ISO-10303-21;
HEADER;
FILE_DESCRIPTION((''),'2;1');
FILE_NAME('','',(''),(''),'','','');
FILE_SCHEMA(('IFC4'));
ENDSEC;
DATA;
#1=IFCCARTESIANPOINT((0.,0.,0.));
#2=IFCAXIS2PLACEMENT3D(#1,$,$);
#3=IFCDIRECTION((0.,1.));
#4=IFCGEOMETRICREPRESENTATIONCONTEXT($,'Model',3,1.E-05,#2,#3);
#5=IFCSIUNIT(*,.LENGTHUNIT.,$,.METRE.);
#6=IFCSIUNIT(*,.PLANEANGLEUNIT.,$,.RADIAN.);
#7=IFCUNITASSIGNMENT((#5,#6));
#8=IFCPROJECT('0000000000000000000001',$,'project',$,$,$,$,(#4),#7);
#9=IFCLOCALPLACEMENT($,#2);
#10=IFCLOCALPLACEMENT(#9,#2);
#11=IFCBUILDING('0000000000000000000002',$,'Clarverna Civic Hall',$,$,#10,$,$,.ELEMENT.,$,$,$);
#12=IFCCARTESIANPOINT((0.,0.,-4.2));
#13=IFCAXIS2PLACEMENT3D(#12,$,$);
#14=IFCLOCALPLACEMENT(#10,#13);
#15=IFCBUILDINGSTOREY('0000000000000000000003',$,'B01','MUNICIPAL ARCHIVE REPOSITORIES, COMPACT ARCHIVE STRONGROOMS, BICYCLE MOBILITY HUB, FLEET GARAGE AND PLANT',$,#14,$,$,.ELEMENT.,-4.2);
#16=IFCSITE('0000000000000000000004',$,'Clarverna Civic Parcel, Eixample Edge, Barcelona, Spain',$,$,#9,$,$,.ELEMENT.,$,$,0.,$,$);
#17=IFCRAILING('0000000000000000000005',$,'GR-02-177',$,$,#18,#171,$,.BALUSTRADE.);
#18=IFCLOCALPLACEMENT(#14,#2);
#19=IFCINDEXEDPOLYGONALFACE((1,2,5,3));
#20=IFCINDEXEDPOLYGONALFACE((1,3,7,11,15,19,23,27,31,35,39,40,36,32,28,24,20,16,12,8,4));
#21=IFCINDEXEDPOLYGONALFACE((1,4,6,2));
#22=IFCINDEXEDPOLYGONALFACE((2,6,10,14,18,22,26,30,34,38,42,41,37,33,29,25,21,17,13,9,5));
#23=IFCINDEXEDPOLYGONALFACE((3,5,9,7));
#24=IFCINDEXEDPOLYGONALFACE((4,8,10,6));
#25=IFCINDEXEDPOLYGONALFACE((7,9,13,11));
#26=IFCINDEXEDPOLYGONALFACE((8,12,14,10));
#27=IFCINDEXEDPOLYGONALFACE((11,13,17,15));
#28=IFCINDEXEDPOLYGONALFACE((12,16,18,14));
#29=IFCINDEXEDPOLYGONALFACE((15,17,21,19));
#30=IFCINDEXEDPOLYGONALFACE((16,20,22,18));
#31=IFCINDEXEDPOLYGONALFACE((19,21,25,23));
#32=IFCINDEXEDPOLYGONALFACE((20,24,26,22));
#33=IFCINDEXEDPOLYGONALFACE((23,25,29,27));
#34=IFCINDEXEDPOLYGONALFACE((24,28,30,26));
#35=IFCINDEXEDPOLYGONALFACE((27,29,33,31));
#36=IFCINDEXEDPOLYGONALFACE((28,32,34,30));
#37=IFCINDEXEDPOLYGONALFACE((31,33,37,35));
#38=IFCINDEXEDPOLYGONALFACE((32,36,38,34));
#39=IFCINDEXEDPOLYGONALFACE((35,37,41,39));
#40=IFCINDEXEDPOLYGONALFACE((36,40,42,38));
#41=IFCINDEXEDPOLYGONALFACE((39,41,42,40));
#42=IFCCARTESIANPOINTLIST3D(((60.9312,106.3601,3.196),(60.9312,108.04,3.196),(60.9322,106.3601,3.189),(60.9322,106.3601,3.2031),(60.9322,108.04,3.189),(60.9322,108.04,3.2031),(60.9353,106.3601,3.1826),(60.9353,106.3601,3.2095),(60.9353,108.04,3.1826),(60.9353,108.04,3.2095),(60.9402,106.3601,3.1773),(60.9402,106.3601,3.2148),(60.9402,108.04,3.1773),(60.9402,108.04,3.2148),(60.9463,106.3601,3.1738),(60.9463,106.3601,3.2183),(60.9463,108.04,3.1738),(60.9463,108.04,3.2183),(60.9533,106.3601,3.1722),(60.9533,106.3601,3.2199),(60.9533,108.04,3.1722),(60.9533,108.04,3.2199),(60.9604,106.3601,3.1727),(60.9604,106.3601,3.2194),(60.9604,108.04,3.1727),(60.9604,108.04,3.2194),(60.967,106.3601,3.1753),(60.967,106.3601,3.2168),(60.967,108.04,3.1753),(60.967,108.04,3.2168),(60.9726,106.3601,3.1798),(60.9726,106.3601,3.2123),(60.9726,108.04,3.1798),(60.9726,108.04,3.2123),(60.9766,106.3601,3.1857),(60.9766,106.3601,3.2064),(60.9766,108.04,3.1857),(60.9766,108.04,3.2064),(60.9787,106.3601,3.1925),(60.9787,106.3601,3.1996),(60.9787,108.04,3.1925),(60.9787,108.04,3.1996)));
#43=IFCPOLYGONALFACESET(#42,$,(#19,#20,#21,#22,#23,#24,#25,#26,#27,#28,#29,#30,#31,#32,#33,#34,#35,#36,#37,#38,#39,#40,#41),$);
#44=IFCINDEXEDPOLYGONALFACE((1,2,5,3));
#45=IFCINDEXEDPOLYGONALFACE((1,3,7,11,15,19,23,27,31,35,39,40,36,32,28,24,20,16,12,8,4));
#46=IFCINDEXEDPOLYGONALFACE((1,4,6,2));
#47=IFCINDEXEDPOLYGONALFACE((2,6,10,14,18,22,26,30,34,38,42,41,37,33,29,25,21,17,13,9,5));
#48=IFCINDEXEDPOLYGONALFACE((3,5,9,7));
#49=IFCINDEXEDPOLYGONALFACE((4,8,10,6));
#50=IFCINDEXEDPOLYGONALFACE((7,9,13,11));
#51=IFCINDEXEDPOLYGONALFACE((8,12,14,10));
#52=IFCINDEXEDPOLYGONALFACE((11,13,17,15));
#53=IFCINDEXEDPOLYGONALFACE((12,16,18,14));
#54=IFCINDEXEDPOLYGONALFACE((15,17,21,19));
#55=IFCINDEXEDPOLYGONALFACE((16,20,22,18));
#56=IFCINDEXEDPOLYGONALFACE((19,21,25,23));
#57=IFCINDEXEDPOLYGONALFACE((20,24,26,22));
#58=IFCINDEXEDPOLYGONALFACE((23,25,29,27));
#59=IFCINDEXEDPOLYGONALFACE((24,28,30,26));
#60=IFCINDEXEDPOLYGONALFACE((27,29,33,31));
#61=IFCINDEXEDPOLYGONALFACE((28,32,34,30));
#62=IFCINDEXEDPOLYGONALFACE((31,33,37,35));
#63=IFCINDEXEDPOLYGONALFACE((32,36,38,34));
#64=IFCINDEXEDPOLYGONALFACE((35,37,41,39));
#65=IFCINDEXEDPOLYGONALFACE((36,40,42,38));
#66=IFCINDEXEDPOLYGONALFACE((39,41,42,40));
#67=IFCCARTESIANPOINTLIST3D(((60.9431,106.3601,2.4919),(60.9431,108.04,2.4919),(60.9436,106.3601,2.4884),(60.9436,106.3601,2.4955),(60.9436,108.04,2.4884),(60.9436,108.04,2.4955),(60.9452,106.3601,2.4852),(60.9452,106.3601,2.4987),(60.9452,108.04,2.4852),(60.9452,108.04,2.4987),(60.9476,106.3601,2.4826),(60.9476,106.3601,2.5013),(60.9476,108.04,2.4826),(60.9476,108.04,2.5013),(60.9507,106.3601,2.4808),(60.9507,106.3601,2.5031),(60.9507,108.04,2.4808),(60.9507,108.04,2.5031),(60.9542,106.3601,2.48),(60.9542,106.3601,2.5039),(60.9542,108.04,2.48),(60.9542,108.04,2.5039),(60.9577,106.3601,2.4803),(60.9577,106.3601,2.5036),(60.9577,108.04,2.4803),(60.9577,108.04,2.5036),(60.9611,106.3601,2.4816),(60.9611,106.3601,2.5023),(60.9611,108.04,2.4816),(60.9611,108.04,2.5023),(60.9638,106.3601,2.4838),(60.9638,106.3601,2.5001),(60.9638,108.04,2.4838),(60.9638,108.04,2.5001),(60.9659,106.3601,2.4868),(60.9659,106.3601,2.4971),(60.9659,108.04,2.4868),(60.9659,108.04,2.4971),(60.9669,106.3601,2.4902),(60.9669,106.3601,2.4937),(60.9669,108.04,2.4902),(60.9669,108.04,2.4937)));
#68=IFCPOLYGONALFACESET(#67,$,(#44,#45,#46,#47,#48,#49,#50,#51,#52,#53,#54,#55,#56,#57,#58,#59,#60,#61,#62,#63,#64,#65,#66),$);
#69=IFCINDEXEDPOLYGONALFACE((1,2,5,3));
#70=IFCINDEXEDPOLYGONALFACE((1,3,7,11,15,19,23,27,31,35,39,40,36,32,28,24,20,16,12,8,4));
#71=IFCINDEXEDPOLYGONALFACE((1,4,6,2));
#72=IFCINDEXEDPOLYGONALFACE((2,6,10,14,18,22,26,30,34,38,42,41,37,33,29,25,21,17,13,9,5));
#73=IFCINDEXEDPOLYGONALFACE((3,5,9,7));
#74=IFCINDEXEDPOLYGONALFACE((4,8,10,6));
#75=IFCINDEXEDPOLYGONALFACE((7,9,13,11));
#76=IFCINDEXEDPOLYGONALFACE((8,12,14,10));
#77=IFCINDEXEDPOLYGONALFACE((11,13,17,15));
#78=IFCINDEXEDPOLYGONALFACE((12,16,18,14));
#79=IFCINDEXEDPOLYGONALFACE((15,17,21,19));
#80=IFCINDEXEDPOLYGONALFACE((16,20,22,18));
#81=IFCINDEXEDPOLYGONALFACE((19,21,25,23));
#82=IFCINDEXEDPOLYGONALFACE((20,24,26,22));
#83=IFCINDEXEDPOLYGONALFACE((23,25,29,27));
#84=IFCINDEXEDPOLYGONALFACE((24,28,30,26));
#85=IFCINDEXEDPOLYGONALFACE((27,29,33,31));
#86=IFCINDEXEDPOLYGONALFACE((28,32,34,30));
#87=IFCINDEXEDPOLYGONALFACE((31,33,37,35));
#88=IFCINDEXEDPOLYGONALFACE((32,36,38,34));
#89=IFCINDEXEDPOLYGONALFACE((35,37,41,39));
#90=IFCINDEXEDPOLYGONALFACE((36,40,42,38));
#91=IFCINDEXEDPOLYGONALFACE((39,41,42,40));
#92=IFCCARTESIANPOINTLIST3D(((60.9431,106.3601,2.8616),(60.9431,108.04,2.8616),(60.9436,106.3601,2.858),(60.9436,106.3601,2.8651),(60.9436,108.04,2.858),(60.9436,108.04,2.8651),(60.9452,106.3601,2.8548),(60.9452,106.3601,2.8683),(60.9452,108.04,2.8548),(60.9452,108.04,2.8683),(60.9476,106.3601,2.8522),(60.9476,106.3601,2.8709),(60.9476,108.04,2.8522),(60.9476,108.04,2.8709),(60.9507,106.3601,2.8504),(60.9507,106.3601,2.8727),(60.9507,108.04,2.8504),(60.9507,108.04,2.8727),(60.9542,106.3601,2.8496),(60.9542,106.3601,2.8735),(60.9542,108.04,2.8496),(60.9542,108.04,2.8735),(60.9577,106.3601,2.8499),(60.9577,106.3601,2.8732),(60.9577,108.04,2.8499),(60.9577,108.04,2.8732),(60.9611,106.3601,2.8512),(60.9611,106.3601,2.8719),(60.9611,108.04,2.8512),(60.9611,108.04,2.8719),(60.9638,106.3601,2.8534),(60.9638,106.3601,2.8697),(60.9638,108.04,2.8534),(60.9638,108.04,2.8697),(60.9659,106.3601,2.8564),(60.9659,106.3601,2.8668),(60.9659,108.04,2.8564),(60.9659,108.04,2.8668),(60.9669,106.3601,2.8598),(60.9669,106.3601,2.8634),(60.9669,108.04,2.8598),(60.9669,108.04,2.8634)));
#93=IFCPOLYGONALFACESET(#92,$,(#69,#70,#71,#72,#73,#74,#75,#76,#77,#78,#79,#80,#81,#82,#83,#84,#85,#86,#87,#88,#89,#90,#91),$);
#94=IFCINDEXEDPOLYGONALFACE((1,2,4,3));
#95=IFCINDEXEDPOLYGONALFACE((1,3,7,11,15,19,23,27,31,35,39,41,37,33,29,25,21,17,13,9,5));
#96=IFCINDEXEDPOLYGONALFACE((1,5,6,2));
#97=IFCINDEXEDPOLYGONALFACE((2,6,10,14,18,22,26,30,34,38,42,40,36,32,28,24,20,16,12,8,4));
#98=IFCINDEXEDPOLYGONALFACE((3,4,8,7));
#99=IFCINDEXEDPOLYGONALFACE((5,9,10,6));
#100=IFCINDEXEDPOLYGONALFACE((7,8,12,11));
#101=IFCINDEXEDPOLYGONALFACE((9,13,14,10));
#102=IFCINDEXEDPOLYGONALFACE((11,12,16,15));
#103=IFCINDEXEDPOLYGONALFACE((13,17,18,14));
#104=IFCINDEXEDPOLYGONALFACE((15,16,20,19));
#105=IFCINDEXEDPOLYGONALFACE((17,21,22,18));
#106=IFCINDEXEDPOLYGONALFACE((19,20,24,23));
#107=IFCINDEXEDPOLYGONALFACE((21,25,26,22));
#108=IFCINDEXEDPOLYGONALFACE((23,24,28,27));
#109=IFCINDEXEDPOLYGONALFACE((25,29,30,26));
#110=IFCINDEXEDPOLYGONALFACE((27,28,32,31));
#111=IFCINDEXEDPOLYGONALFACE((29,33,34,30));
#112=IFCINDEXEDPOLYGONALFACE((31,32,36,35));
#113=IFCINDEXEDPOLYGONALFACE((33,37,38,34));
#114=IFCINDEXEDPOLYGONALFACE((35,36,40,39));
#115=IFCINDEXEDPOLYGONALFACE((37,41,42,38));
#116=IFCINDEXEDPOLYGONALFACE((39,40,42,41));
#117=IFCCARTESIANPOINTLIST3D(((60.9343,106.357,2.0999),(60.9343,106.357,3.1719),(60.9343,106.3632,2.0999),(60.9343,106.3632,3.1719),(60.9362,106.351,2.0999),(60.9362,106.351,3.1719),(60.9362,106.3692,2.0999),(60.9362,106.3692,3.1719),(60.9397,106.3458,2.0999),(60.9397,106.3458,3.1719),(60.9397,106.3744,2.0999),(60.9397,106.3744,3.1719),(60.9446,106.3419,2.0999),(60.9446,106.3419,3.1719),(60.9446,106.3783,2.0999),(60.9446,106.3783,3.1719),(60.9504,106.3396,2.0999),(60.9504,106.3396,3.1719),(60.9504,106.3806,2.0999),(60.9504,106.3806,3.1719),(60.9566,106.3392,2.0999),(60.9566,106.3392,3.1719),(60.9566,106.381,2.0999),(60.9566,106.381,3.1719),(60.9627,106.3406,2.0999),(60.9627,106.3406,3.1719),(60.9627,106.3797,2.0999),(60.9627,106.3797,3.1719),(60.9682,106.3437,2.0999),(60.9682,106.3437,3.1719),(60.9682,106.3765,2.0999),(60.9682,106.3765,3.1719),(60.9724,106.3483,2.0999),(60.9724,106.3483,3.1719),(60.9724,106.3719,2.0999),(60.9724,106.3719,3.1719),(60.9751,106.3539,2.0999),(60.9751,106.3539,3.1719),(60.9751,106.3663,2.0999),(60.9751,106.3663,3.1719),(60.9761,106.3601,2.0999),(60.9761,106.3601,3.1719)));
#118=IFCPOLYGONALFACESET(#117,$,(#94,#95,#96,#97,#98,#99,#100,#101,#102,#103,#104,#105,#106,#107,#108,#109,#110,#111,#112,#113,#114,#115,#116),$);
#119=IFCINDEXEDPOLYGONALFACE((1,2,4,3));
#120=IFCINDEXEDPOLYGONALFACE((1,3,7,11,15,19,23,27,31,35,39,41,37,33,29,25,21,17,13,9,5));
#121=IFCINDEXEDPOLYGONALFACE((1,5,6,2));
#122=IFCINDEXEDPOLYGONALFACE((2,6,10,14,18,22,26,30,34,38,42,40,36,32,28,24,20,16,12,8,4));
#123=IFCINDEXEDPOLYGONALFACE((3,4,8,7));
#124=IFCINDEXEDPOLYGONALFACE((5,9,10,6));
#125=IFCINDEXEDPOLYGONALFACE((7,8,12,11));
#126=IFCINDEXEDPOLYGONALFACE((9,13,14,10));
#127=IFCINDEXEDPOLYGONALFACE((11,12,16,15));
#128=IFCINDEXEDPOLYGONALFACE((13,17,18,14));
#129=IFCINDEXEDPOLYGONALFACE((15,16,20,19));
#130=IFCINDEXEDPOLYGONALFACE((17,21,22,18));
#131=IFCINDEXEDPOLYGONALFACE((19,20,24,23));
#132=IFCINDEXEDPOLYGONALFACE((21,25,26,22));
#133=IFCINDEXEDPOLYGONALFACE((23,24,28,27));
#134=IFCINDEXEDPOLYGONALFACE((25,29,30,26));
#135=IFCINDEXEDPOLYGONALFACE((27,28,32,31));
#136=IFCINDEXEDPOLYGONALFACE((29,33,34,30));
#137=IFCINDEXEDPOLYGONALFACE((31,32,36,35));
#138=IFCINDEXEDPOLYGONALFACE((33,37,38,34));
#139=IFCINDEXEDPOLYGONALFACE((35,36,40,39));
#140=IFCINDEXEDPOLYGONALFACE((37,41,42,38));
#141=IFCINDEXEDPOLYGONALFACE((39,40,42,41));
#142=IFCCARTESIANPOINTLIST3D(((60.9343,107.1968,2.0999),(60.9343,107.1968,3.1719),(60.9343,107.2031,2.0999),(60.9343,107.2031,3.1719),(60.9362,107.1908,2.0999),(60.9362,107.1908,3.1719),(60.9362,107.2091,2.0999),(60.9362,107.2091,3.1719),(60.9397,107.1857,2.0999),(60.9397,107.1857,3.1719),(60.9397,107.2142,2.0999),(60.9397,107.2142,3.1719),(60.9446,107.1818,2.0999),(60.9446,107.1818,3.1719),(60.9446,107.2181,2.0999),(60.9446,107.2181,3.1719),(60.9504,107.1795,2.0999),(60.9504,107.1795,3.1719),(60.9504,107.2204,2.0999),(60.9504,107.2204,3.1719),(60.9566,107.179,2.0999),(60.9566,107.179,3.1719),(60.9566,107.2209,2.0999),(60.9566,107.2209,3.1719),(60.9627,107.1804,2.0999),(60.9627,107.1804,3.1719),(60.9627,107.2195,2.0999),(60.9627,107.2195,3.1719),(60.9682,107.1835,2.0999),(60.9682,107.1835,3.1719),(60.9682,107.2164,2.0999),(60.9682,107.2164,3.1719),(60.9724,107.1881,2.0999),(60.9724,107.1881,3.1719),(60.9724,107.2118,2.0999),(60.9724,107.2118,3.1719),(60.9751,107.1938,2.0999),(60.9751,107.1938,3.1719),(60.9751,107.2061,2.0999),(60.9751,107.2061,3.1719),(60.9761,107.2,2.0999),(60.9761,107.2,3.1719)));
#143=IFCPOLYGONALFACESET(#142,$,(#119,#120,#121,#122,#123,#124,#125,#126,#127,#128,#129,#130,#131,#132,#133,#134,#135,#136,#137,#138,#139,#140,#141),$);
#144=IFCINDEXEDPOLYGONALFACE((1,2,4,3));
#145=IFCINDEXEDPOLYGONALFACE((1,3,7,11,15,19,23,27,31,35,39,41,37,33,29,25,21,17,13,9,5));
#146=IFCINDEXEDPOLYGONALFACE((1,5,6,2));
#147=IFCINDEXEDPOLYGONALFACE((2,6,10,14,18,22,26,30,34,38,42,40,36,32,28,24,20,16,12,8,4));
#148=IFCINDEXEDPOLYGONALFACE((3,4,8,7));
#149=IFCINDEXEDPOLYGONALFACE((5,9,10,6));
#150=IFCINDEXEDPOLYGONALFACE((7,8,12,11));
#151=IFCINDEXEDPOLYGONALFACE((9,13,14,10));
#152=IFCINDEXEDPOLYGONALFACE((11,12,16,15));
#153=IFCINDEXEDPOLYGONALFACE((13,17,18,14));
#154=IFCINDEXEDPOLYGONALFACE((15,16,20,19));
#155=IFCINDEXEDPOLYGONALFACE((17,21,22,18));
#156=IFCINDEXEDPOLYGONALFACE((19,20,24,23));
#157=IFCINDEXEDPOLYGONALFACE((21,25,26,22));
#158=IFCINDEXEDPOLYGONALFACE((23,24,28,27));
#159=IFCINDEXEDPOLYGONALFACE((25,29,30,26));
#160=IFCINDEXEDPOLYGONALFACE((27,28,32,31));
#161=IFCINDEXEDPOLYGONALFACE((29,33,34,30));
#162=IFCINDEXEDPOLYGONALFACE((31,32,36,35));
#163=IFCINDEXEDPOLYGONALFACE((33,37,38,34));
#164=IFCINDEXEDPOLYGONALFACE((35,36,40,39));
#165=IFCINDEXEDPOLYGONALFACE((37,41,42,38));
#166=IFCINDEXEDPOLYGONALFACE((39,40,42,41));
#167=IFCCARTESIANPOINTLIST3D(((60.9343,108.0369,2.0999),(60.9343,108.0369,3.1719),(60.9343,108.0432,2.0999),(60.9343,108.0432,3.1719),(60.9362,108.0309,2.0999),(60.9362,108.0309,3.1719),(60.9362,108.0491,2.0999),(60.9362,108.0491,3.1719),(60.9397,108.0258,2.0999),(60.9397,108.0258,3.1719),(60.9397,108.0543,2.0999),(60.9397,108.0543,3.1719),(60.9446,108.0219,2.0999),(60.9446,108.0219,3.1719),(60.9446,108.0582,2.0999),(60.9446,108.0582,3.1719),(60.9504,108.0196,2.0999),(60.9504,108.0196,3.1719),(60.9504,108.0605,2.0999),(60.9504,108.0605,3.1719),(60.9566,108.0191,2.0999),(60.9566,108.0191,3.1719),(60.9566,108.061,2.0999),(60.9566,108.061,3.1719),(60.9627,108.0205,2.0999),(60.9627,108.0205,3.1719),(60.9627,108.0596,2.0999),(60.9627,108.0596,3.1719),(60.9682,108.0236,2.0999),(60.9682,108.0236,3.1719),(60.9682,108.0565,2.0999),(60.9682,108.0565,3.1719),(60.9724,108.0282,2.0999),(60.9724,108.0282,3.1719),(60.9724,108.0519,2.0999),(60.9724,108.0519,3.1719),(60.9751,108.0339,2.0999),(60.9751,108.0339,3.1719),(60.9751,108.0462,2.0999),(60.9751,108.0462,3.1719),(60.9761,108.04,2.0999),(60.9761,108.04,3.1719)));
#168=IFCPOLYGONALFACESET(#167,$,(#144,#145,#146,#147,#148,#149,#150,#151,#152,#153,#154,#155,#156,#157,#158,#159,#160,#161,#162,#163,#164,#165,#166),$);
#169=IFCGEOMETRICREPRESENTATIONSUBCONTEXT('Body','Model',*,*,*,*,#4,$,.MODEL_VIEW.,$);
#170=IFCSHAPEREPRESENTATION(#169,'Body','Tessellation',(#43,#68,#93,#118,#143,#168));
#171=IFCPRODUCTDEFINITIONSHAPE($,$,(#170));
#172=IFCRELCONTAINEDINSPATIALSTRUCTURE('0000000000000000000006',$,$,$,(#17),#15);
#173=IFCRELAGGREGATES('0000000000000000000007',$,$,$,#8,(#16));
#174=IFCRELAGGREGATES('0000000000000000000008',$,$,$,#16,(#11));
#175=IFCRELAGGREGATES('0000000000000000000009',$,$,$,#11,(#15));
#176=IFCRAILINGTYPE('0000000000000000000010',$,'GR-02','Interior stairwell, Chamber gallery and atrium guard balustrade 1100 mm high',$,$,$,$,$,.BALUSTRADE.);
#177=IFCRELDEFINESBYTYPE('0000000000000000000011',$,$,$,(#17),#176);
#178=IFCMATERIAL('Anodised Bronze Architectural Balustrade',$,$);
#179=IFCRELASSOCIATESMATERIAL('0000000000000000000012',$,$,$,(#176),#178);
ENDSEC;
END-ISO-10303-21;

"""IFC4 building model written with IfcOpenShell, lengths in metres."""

from ifc_helpers import new_model, si_unit, direction, frame, origin, origin_2d, place, context, subcontext, project, spatial, circle, extrude, material, type_object, element, save


model = new_model("IFC4")

# Units and contexts
model_context = context("Model", 3, precision=1e-05, world=origin(), true_north=direction((0.0, 1.0)))
body_context = subcontext(model_context, "Body", "Model", "MODEL_VIEW")
ifc_project = project(units=[si_unit("LENGTHUNIT", "METRE"), si_unit("PLANEANGLEUNIT", "RADIAN")], contexts=[model_context])

# Site, building, storey
site_placement = place(None, origin())
site = spatial("IfcSite", under=ifc_project, at=site_placement, Name="Clarverna Civic Parcel, Eixample Edge, Barcelona, Spain", CompositionType="ELEMENT", RefElevation=0.0)
building_placement = place(site_placement, origin())
building = spatial("IfcBuilding", under=site, at=building_placement, Name="Clarverna Civic Hall", CompositionType="ELEMENT")
storey_placement = place(building_placement, frame((0.0, 0.0, -4.2)))
storey = spatial("IfcBuildingStorey", under=building, at=storey_placement, Name="B01", Description="MUNICIPAL ARCHIVE REPOSITORIES, COMPACT ARCHIVE STRONGROOMS, BICYCLE MOBILITY HUB, FLEET GARAGE AND PLANT", CompositionType="ELEMENT", Elevation=-4.2)

# Railing
ifc_material_1 = material(Name="Anodised Bronze Architectural Balustrade")
railing_type_1 = type_object("IfcRailingType", Name="GR-02", Description="Interior stairwell, Chamber gallery and atrium guard balustrade 1100 mm high", PredefinedType="BALUSTRADE", material=ifc_material_1)
railing_1_placement = place(storey_placement, frame((60.9551, 106.3601, 2.0999)))
element("IfcRailing", 1, at=railing_1_placement, inside=storey, type_object=railing_type_1, Name="GR-02-177", PredefinedType="BALUSTRADE", context=body_context, shape_type="SweptSolid", body=[
    extrude(circle(Radius=0.0239, at=origin_2d()), frame((0.0, 0.0, 1.0962), z_axis=(0.0, 1.0, 0.0), x_axis=(-1.0, 0.0, 0.0)), (0.0, 0.0, 1.0), 1.6799),
    extrude(circle(Radius=0.012, at=origin_2d()), frame((0.0, 0.0, 0.3921), z_axis=(0.0, 1.0, 0.0), x_axis=(-1.0, 0.0, 0.0)), (0.0, 0.0, 1.0), 1.6799),
    extrude(circle(Radius=0.012, at=origin_2d()), frame((0.0, 0.0, 0.7617), z_axis=(0.0, 1.0, 0.0), x_axis=(-1.0, 0.0, 0.0)), (0.0, 0.0, 1.0), 1.6799),
    extrude(circle(Radius=0.021, at=origin_2d()), origin(), (0.0, 0.0, 1.0), 1.072),
    extrude(circle(Radius=0.021, at=origin_2d()), frame((0.0, 0.8398, 0.0)), (0.0, 0.0, 1.0), 1.072),
    extrude(circle(Radius=0.021, at=origin_2d()), frame((0.0, 1.6799, 0.0)), (0.0, 0.0, 1.0), 1.072),
])

save(model, "model.ifc")
